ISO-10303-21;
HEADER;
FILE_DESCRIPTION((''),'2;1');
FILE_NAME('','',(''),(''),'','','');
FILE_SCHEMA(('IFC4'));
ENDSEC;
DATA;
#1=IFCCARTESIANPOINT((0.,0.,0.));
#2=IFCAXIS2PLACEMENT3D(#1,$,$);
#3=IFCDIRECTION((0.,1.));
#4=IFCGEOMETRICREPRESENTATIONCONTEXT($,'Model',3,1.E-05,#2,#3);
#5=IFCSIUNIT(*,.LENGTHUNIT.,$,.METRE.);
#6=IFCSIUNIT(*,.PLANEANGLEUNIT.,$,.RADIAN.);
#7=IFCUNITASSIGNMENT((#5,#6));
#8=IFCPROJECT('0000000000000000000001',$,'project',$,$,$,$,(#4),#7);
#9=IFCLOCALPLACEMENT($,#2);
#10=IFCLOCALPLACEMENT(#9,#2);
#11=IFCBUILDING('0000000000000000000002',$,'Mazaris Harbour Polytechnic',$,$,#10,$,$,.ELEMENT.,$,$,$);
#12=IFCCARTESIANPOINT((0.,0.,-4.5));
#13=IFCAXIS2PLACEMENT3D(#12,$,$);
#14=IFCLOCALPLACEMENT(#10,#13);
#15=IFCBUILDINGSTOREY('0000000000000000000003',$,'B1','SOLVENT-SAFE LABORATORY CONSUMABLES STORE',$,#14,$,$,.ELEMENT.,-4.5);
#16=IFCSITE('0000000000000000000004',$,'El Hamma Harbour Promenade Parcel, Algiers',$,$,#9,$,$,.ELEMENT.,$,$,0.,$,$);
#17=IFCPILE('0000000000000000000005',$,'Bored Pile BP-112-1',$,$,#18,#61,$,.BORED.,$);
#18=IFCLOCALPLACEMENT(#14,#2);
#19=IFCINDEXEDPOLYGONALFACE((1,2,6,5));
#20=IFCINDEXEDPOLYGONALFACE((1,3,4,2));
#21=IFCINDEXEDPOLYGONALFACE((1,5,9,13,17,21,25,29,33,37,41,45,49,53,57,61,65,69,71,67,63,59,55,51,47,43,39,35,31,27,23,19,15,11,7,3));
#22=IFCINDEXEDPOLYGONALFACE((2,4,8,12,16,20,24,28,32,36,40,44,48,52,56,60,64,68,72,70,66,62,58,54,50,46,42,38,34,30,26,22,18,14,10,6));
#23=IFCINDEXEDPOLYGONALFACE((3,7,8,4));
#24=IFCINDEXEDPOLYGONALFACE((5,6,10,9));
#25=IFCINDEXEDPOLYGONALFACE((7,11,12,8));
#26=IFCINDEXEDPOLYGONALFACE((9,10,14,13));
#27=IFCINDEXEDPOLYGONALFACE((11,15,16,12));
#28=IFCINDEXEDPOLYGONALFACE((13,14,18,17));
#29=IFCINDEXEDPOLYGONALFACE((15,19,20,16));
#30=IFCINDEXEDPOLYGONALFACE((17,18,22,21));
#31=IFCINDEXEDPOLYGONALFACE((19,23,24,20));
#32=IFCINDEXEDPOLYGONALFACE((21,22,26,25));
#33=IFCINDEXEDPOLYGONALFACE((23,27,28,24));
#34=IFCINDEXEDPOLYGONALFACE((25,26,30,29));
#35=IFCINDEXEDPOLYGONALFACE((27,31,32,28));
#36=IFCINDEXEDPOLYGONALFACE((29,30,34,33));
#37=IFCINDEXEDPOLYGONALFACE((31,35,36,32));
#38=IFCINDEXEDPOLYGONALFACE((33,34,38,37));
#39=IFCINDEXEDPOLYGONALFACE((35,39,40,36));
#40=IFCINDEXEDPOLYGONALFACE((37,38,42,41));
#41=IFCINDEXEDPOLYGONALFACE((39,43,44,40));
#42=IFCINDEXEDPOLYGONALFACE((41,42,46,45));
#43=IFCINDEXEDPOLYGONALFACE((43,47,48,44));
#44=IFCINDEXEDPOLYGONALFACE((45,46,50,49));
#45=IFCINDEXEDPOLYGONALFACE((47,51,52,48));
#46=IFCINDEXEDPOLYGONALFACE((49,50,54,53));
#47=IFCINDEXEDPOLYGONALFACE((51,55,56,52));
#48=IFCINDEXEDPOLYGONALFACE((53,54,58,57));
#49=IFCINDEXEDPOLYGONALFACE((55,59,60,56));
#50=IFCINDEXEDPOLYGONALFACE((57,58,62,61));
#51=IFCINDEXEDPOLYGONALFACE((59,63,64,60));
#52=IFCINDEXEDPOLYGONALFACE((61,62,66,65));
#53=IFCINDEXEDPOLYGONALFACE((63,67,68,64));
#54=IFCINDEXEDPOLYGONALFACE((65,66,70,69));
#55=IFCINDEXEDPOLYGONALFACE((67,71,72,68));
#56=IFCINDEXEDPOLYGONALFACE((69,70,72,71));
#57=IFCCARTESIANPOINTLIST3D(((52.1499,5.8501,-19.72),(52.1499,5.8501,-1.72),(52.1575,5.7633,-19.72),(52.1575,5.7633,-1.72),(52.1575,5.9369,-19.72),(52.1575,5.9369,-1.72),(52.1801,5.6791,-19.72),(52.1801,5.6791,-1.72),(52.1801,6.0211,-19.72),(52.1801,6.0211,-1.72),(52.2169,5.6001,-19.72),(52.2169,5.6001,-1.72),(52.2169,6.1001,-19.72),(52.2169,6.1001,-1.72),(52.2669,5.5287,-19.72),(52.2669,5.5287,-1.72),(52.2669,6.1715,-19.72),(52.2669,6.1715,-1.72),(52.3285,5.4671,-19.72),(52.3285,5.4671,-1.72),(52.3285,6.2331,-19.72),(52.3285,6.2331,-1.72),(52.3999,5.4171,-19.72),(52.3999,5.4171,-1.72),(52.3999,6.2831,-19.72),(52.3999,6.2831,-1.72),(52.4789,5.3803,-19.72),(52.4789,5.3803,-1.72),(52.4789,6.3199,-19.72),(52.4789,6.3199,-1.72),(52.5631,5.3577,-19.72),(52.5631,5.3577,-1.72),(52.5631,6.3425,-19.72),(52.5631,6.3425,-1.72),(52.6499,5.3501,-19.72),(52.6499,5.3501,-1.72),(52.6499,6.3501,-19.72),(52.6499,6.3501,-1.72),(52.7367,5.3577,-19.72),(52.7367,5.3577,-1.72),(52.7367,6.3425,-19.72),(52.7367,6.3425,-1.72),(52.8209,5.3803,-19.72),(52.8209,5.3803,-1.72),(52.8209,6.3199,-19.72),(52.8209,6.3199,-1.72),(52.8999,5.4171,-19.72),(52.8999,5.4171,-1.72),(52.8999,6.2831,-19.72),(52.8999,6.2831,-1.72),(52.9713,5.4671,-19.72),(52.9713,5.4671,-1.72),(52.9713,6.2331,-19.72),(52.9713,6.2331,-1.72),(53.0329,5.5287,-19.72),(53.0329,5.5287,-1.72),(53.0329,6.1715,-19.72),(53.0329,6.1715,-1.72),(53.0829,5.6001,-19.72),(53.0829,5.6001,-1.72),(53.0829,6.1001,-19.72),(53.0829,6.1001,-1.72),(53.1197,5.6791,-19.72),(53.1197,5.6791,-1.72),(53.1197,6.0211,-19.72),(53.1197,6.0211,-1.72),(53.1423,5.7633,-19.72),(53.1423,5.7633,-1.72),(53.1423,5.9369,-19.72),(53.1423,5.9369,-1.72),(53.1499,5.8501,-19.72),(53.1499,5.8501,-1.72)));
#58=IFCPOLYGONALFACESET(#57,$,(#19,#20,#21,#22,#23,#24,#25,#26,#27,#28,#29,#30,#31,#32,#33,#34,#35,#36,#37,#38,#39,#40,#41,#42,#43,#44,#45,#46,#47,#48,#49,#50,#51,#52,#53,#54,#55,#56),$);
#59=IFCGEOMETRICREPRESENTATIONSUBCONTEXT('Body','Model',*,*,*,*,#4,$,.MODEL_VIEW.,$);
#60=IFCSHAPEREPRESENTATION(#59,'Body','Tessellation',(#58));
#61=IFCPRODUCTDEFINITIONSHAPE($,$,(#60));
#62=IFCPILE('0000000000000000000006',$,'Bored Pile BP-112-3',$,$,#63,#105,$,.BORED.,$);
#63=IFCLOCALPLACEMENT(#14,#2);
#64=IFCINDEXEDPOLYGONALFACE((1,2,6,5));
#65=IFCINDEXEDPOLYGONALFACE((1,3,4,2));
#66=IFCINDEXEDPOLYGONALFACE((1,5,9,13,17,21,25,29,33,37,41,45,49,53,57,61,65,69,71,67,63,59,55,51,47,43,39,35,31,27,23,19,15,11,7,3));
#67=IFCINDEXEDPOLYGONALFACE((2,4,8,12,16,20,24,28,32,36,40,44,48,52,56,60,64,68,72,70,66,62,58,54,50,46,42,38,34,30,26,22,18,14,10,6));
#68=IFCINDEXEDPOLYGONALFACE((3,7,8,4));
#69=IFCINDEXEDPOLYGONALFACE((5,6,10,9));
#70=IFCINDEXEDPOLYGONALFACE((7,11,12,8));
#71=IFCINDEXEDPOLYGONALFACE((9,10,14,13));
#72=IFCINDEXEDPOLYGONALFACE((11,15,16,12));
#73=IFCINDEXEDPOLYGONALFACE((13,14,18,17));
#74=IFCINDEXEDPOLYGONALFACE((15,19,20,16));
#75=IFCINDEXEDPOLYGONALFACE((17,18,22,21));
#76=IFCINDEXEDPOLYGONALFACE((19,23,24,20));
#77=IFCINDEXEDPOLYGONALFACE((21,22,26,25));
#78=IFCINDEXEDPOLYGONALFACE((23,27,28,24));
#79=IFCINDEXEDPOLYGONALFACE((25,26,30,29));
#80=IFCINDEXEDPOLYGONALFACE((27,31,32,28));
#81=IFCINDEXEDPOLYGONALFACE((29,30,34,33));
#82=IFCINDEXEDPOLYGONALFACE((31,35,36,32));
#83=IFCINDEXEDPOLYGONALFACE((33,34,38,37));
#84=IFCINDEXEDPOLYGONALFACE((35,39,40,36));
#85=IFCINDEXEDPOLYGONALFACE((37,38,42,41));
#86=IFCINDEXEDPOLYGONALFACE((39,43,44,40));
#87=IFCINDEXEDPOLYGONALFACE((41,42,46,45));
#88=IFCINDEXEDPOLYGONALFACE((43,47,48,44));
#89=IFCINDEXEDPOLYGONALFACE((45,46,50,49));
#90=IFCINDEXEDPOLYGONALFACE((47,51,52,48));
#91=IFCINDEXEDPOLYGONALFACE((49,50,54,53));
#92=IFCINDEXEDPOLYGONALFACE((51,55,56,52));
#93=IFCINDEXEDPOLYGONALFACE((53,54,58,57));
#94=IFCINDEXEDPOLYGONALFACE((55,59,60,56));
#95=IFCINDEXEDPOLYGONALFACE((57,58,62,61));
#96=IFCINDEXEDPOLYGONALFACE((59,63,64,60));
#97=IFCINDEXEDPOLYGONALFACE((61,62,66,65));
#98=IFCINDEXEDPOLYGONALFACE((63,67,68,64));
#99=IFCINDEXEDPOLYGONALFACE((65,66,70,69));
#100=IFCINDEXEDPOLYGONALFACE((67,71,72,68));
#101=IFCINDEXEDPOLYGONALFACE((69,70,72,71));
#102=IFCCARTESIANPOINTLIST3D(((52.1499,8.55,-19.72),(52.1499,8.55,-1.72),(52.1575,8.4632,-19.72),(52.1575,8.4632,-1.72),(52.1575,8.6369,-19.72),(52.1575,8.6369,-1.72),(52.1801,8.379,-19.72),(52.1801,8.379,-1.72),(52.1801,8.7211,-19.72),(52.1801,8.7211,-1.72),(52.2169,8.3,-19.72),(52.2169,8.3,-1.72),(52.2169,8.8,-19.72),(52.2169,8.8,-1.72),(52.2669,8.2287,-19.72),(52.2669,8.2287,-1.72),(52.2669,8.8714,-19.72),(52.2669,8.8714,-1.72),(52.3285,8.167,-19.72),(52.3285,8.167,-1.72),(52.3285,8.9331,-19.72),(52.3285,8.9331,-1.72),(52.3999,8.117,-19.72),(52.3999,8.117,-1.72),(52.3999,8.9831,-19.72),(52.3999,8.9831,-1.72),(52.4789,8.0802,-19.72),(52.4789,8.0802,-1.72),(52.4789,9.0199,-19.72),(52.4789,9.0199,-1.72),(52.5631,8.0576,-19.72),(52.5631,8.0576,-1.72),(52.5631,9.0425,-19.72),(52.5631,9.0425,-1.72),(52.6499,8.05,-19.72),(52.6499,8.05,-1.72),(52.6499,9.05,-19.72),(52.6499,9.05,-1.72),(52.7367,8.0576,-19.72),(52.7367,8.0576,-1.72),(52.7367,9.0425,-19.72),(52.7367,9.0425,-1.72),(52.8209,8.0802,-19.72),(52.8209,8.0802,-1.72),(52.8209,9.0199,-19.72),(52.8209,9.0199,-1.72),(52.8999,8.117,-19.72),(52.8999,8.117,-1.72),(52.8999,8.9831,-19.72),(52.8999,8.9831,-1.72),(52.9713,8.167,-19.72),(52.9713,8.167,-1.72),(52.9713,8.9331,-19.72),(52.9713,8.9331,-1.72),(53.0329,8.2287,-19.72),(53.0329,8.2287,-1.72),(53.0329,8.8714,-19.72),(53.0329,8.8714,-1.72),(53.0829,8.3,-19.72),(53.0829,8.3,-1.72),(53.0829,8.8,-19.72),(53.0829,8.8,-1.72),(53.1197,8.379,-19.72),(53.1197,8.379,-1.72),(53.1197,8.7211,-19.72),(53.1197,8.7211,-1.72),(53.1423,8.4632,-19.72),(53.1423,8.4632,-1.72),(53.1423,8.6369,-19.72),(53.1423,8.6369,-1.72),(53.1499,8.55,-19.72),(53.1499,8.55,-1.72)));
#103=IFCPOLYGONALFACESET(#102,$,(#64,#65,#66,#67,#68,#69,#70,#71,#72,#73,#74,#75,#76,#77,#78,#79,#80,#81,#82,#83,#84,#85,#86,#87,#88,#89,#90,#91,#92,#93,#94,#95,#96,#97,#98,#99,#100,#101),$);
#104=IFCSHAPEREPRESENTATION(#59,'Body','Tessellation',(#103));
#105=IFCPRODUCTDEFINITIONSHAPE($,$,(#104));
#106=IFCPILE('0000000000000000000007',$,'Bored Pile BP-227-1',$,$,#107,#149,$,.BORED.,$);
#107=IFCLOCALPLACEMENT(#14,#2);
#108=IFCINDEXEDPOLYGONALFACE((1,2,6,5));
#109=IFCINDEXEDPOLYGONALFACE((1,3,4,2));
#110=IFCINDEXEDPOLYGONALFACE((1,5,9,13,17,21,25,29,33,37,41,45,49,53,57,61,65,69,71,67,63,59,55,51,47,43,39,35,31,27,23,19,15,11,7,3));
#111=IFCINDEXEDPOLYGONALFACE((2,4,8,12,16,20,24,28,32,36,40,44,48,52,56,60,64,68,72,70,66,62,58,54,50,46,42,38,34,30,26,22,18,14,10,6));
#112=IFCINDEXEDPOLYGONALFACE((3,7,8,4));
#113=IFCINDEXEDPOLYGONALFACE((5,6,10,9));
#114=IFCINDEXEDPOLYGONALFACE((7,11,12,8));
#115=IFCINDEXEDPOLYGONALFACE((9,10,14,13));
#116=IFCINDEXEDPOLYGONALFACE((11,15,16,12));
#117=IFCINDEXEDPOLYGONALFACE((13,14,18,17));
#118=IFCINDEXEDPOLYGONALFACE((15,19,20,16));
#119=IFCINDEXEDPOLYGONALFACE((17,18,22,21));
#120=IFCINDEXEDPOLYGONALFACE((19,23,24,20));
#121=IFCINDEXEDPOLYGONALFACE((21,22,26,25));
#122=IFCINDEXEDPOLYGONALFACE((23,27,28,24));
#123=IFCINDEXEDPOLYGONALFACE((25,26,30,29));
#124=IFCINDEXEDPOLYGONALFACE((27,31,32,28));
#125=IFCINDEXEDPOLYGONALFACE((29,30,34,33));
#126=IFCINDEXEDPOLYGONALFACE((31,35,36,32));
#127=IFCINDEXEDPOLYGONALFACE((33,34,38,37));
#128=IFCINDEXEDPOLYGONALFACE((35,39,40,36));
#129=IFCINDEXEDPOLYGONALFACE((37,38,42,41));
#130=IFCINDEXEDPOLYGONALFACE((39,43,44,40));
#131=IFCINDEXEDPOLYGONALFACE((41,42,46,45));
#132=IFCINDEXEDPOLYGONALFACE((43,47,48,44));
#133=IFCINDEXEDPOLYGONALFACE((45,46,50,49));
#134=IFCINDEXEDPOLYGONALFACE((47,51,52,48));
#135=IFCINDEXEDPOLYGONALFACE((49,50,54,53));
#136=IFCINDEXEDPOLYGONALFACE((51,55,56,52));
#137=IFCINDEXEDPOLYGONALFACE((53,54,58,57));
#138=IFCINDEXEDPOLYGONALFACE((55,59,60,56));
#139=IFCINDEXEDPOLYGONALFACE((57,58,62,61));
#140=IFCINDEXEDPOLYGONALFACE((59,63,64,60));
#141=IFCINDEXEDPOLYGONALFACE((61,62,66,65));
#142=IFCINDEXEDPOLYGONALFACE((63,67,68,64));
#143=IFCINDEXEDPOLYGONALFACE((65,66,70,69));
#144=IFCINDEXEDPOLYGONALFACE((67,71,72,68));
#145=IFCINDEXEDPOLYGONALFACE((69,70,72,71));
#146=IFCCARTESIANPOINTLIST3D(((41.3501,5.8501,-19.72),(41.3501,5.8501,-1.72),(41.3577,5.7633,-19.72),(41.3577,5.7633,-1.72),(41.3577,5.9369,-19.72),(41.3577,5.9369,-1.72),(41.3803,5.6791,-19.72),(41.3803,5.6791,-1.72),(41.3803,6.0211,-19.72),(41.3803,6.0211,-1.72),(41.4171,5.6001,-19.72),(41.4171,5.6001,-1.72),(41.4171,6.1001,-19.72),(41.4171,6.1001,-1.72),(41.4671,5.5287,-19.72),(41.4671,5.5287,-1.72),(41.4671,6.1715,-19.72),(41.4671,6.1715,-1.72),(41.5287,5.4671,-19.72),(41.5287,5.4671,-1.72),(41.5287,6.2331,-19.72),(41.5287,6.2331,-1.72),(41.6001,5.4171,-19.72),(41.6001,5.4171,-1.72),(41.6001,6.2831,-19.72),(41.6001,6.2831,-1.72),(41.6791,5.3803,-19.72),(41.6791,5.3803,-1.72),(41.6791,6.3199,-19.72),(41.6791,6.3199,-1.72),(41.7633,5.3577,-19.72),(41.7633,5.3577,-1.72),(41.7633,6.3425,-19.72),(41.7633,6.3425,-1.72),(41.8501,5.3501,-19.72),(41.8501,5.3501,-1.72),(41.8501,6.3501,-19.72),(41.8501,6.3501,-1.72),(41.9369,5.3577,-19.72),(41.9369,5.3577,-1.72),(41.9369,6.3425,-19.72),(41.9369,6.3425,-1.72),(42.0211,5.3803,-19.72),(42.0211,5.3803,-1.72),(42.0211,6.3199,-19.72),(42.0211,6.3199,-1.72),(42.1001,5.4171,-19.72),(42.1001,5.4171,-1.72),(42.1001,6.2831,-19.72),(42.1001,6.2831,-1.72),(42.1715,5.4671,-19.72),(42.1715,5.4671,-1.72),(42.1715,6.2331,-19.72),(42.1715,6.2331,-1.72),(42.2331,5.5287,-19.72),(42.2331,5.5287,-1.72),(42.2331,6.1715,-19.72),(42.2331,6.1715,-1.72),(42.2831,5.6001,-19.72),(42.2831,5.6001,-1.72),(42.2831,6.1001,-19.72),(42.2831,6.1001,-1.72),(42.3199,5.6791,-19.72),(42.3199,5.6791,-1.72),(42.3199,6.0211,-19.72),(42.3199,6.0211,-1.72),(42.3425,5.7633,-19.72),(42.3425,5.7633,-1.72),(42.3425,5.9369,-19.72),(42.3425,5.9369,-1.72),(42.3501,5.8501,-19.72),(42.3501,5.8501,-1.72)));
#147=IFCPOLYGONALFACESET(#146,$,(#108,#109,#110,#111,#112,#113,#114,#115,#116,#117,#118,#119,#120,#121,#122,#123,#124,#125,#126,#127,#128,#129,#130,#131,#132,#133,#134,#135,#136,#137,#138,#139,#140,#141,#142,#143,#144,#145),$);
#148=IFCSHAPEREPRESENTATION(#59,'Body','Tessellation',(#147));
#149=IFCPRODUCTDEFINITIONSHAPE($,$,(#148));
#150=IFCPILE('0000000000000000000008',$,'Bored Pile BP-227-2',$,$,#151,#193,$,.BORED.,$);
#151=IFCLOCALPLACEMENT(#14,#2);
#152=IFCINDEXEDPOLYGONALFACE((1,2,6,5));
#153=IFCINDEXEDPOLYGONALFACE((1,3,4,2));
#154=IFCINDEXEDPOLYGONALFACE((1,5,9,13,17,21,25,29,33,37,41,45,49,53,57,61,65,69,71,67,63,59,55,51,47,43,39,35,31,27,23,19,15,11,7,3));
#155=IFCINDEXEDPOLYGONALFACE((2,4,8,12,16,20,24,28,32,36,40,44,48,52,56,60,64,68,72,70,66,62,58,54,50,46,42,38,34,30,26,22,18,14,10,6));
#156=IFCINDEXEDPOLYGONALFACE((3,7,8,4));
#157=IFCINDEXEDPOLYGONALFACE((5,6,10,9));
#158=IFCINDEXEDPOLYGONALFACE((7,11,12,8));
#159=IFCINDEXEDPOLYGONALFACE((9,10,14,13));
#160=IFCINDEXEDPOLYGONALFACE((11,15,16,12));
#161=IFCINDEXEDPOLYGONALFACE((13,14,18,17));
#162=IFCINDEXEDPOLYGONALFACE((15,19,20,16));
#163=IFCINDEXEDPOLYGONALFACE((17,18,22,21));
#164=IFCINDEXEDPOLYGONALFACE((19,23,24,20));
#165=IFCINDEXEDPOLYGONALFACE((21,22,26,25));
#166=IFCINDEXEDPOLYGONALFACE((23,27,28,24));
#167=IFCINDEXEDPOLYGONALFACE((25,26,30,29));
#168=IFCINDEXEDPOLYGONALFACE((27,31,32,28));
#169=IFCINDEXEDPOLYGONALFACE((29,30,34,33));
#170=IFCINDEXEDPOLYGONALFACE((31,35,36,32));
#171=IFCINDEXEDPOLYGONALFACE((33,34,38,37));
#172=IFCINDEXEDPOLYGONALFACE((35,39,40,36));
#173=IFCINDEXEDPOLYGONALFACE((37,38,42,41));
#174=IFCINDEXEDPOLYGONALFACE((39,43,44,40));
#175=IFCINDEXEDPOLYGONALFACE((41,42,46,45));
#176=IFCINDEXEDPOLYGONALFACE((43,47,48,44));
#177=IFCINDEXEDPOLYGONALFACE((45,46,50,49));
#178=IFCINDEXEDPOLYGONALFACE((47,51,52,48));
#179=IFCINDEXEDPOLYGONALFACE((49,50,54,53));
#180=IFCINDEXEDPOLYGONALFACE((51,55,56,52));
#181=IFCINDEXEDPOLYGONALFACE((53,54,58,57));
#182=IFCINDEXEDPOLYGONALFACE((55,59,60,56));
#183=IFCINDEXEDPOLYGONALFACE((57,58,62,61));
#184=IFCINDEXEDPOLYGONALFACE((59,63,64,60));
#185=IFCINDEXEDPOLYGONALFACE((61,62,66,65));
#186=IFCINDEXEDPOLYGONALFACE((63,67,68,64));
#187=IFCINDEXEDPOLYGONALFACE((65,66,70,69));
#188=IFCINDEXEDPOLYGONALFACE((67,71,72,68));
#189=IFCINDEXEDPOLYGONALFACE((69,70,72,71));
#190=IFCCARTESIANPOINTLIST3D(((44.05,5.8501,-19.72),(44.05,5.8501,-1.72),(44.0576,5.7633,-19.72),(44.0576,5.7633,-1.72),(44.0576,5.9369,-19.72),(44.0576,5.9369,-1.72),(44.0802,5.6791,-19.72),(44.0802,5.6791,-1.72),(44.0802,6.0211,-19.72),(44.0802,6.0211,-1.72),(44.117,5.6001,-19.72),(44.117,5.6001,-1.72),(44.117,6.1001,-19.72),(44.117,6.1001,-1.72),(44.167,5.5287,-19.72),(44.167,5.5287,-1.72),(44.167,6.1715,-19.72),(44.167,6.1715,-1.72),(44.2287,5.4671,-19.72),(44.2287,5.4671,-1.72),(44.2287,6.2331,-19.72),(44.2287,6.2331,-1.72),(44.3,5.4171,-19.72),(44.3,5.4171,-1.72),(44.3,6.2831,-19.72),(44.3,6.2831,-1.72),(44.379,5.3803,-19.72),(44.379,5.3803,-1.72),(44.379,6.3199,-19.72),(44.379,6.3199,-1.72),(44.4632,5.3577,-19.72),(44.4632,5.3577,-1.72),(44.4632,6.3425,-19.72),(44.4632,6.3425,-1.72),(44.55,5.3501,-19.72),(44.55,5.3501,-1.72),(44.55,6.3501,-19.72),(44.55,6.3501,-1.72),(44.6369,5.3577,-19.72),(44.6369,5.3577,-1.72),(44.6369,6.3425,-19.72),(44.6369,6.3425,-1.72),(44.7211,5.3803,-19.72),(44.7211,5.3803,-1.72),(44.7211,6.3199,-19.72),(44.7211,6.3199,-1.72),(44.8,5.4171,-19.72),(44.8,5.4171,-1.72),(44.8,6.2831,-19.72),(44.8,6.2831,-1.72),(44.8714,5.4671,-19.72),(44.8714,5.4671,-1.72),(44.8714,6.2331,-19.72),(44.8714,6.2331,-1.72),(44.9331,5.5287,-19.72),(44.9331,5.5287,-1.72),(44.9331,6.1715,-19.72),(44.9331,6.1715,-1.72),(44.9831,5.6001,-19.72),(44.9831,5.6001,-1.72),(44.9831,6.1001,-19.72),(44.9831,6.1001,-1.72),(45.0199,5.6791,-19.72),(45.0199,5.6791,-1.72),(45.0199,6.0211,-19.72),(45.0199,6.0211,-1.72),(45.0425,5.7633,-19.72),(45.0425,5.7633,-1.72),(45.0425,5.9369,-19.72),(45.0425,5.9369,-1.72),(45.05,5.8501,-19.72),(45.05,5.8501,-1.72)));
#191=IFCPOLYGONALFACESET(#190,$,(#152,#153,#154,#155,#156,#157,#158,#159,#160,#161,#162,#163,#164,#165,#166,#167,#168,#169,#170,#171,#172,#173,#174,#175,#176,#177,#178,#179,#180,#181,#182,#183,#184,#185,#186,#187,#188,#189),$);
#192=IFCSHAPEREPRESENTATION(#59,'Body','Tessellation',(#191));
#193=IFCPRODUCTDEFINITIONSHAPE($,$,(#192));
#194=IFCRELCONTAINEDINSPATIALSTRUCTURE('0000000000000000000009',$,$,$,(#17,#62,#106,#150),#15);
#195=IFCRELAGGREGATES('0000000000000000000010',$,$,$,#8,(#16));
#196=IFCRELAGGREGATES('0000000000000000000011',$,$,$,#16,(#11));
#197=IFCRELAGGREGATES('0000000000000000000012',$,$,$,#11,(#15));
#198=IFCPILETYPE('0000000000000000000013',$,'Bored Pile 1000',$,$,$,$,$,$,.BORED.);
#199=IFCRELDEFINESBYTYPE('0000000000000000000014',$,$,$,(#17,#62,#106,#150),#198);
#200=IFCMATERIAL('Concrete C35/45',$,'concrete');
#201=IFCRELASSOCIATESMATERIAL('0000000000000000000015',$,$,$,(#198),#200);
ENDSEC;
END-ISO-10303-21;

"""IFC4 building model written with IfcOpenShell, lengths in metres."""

from ifc_helpers import new_model, si_unit, direction, frame, origin, origin_2d, place, context, subcontext, project, spatial, circle, extrude, material, material_profile, profile_set, type_object, element, save


model = new_model("IFC4")

# Units and contexts
model_context = context("Model", 3, precision=1e-05, world=origin(), true_north=direction((0.0, 1.0)))
body_context = subcontext(model_context, "Body", "Model", "MODEL_VIEW")
ifc_project = project(units=[si_unit("LENGTHUNIT", "METRE"), si_unit("PLANEANGLEUNIT", "RADIAN")], contexts=[model_context])

# Site, building, storey
site_placement = place(None, origin())
site = spatial("IfcSite", under=ifc_project, at=site_placement, Name="El Hamma Harbour Promenade Parcel, Algiers", CompositionType="ELEMENT", RefElevation=0.0)
building_placement = place(site_placement, origin())
building = spatial("IfcBuilding", under=site, at=building_placement, Name="Mazaris Harbour Polytechnic", CompositionType="ELEMENT")
storey_placement = place(building_placement, frame((0.0, 0.0, -4.5)))
storey = spatial("IfcBuildingStorey", under=building, at=storey_placement, Name="B1", Description="SOLVENT-SAFE LABORATORY CONSUMABLES STORE", CompositionType="ELEMENT", Elevation=-4.5)

# Piles
ifc_material_1 = material(Name="Concrete C35/45", Category="concrete")
ifc_material_profile_1 = material_profile(ifc_material_1, circle(Radius=0.5, at=origin_2d()), Name="DIA1000")
ifc_profile_set_1 = profile_set([ifc_material_profile_1], Name="Concrete C35/45")
pile_type_1 = type_object("IfcPileType", Name="Bored Pile 1000", PredefinedType="BORED", material=ifc_profile_set_1)
for number, where, z_axis, x_axis, name in (
    (1, (52.6499, 5.8501, -1.72), (0.0, 0.0, -1.0), (1.0, 0.0, 0.0), "Bored Pile BP-112-1"),
    (2, (52.6499, 8.55, -1.72), (0.0, 0.0, -1.0), (1.0, 0.0, 0.0), "Bored Pile BP-112-3"),
    (3, (41.8501, 5.8501, -1.72), (0.0, 0.0, -1.0), (1.0, 0.0, 0.0), "Bored Pile BP-227-1"),
    (4, (44.55, 5.8501, -1.72), (0.0, 0.0, -1.0), (1.0, 0.0, 0.0), "Bored Pile BP-227-2"),
):
    element("IfcPile", number, at=place(storey_placement, frame(where, z_axis=z_axis, x_axis=x_axis)), inside=storey, type_object=pile_type_1, Name=name, PredefinedType="BORED", context=body_context, shape_type="SweptSolid", body=[
        extrude(circle(Radius=0.5, at=origin_2d()), origin(), (0.0, 0.0, 1.0), 18.0),
    ])

save(model, "model.ifc")
